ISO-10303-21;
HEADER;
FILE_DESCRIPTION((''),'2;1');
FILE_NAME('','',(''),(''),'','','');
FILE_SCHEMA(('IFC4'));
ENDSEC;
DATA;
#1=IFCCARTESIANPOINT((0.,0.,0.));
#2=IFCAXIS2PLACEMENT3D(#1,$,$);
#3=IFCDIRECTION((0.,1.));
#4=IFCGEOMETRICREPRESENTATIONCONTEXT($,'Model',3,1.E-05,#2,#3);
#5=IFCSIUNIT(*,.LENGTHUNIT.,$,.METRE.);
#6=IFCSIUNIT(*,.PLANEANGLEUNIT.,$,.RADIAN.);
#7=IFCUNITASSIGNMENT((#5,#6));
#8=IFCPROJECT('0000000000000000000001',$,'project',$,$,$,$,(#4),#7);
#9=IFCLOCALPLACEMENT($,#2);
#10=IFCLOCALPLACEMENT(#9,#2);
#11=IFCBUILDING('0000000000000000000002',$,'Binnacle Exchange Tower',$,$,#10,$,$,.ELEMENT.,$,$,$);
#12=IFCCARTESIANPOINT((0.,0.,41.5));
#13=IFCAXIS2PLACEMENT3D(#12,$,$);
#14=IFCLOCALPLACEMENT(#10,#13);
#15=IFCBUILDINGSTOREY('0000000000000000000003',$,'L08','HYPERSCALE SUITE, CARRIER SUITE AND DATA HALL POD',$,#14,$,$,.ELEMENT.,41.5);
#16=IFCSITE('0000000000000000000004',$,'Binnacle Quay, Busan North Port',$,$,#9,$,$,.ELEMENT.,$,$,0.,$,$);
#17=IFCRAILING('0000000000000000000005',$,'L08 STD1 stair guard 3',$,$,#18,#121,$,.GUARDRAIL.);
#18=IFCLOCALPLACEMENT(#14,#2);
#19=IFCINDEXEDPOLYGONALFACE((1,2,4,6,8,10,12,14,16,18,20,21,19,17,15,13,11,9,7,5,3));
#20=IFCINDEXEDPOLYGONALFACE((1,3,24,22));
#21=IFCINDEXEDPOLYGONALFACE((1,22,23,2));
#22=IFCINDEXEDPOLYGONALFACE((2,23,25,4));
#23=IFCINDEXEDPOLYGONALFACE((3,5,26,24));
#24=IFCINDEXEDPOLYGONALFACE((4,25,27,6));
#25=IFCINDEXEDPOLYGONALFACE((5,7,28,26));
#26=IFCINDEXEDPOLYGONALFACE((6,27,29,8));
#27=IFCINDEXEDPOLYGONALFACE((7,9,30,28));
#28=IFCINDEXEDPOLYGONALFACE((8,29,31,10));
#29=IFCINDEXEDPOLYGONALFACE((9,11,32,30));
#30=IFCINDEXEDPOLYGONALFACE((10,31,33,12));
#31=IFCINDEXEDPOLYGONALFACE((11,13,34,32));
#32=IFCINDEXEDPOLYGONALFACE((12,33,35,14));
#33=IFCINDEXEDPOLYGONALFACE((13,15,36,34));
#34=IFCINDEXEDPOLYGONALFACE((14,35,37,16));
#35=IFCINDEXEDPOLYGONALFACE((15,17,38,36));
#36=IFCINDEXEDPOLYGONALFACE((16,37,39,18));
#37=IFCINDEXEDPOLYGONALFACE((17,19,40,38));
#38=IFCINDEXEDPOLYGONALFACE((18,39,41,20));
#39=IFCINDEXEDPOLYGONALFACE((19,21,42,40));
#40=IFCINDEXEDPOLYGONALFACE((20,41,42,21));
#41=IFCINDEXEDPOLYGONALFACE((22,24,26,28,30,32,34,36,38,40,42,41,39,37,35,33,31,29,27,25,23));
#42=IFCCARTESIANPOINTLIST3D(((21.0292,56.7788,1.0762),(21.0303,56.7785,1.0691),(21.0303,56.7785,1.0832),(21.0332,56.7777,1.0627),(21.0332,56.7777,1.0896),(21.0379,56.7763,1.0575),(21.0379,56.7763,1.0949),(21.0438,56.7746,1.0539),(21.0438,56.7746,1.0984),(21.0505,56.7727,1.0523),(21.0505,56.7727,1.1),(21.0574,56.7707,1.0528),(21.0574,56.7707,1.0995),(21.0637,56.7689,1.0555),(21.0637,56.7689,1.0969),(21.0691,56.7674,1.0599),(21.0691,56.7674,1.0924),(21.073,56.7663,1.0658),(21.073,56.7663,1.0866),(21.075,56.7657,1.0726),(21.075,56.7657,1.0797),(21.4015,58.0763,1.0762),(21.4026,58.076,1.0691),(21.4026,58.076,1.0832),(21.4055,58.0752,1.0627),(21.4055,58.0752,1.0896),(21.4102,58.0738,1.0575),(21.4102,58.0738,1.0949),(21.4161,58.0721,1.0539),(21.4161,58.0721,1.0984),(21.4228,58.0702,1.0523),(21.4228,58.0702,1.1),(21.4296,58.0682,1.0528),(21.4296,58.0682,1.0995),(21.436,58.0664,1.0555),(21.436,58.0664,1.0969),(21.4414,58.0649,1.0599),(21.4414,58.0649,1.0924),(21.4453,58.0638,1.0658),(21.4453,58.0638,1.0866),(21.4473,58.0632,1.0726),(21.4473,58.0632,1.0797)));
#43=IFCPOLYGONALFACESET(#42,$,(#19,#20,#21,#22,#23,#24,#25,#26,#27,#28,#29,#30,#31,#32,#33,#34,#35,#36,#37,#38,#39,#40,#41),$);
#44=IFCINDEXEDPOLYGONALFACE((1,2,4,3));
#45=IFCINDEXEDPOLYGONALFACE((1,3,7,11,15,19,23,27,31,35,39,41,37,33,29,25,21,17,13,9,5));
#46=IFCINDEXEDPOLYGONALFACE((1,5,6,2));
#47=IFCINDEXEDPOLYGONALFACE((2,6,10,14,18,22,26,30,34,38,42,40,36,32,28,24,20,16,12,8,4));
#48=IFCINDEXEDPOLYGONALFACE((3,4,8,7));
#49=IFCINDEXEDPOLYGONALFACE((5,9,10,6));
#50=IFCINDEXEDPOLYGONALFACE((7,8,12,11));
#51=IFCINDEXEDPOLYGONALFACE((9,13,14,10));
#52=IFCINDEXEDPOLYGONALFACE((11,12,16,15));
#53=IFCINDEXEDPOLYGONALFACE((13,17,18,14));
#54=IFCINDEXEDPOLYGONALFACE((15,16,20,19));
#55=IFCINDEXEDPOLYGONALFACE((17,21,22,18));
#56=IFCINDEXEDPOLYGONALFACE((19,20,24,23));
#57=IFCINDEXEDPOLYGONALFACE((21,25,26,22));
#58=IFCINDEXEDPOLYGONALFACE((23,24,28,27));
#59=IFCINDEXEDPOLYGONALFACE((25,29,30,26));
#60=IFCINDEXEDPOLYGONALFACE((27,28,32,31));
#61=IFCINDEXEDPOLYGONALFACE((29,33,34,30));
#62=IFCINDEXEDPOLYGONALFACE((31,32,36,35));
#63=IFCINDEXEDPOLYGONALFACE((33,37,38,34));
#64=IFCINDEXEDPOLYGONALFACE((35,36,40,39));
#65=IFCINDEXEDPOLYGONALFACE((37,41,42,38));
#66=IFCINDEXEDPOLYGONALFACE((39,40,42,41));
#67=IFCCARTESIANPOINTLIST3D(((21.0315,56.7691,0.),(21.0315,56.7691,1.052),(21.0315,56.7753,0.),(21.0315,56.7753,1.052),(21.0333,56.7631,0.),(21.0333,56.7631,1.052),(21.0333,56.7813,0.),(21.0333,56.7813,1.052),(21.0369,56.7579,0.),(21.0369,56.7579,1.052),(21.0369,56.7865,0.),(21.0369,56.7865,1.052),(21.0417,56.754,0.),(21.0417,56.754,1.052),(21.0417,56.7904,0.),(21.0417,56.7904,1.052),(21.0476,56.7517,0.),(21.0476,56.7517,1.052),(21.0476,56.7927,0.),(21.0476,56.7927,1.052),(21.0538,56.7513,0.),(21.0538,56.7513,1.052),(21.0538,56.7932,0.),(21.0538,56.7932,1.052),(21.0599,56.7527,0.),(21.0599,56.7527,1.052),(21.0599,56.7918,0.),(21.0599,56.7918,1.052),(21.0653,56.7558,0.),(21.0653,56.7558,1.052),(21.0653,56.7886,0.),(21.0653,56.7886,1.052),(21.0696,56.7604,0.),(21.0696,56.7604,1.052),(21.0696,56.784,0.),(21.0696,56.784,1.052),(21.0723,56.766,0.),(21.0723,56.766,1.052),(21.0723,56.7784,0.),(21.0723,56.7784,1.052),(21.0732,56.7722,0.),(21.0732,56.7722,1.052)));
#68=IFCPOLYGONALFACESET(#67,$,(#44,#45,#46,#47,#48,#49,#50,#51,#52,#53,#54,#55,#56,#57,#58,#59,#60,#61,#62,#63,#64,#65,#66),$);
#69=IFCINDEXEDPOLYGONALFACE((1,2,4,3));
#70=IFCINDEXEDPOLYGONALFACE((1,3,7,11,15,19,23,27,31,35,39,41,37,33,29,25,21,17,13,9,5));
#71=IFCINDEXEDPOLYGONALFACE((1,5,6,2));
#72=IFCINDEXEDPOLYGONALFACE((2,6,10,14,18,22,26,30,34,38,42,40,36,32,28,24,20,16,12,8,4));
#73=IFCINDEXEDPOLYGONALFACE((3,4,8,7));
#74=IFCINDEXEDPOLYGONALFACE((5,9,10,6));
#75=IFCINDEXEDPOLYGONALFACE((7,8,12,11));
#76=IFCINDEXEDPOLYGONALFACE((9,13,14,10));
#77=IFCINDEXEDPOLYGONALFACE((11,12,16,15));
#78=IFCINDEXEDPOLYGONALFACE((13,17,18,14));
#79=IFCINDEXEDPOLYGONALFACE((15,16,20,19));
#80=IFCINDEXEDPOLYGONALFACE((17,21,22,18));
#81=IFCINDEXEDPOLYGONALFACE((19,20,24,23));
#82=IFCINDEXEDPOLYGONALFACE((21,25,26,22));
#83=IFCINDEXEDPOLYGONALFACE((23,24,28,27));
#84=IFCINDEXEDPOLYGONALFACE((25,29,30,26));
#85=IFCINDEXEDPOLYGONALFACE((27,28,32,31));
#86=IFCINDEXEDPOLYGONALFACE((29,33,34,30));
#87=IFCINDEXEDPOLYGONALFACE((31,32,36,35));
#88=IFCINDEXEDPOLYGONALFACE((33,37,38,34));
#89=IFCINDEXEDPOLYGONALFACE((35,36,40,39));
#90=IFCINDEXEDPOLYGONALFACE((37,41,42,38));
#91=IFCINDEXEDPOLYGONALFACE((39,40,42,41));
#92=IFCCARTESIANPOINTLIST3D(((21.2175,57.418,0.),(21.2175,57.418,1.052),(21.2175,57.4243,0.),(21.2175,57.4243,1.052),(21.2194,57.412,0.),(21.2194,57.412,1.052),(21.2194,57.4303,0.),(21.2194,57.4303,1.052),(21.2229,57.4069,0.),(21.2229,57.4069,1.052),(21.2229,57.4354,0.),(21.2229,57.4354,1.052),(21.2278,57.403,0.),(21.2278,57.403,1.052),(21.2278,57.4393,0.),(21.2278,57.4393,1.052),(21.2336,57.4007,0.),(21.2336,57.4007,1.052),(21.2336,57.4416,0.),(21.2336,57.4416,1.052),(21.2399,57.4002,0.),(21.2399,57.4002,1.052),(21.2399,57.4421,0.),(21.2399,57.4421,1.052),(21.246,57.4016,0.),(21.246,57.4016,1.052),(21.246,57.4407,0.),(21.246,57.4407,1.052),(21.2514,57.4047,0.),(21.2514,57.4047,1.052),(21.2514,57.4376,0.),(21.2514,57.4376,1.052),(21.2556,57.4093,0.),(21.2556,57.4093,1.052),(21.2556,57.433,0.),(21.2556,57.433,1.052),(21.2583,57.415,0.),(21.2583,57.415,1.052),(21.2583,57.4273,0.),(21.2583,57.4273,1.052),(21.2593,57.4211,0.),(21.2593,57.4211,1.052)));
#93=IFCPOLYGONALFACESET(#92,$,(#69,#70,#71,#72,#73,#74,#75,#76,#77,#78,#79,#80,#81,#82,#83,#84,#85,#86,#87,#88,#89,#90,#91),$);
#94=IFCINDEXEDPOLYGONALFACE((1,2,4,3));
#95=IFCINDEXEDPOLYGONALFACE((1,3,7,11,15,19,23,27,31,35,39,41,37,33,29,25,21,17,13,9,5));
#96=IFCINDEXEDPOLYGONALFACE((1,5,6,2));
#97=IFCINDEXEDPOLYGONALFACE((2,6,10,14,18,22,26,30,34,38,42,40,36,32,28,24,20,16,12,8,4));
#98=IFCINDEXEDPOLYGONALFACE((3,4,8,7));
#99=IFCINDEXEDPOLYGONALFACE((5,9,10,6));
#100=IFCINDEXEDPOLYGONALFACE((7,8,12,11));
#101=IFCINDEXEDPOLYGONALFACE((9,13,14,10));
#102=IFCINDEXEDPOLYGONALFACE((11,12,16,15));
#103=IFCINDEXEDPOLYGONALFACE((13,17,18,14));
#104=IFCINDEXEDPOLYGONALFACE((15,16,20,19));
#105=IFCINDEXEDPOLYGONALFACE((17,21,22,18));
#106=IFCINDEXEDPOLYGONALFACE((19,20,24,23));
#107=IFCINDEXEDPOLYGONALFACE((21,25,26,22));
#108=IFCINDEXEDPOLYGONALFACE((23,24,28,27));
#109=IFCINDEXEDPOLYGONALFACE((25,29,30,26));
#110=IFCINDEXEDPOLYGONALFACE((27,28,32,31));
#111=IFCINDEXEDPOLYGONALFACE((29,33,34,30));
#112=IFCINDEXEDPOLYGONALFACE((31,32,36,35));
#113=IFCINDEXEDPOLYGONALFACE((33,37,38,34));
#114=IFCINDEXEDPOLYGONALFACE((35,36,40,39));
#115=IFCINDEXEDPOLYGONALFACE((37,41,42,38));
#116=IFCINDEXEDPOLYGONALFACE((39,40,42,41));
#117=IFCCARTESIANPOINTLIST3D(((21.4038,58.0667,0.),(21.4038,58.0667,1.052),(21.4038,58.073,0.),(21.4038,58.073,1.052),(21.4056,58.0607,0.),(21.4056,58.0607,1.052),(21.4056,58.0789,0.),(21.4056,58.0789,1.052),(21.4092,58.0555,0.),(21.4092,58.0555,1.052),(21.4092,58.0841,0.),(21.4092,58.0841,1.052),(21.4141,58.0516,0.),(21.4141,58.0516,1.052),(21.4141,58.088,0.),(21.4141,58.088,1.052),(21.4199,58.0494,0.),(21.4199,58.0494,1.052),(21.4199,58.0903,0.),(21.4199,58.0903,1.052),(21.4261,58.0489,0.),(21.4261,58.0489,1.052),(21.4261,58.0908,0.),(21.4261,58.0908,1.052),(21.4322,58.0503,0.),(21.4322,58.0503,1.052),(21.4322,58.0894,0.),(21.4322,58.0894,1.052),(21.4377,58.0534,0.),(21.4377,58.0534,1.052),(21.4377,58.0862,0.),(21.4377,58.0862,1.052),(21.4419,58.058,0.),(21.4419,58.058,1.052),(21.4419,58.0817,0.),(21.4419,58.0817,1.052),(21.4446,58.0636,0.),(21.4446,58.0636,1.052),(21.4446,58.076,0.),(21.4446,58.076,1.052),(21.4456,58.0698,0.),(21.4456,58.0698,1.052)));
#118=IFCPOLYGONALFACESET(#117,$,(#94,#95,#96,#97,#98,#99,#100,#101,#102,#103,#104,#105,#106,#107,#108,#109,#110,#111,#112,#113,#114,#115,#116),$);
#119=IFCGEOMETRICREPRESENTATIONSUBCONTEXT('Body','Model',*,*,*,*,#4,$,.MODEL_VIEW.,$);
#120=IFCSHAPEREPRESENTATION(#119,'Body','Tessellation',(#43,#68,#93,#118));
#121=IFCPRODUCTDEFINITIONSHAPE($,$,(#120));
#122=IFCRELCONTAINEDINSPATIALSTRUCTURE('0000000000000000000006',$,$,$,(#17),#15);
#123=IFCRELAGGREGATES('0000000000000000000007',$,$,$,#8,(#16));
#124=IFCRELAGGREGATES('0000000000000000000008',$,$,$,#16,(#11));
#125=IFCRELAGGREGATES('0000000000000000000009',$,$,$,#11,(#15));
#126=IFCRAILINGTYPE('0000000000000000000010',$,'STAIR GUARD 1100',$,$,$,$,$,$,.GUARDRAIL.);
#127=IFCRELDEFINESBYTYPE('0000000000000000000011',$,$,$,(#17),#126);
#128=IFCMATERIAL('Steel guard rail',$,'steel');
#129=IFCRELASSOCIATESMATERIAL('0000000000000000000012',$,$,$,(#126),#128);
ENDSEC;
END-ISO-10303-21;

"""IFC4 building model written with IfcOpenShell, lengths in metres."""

from ifc_helpers import new_model, si_unit, direction, frame, origin, origin_2d, place, context, subcontext, project, spatial, circle, extrude, material, type_object, element, save


model = new_model("IFC4")

# Units and contexts
model_context = context("Model", 3, precision=1e-05, world=origin(), true_north=direction((0.0, 1.0)))
body_context = subcontext(model_context, "Body", "Model", "MODEL_VIEW")
ifc_project = project(units=[si_unit("LENGTHUNIT", "METRE"), si_unit("PLANEANGLEUNIT", "RADIAN")], contexts=[model_context])

# Site, building, storey
site_placement = place(None, origin())
site = spatial("IfcSite", under=ifc_project, at=site_placement, Name="Binnacle Quay, Busan North Port", CompositionType="ELEMENT", RefElevation=0.0)
building_placement = place(site_placement, origin())
building = spatial("IfcBuilding", under=site, at=building_placement, Name="Binnacle Exchange Tower", CompositionType="ELEMENT")
storey_placement = place(building_placement, frame((0.0, 0.0, 41.5)))
storey = spatial("IfcBuildingStorey", under=building, at=storey_placement, Name="L08", Description="HYPERSCALE SUITE, CARRIER SUITE AND DATA HALL POD", CompositionType="ELEMENT", Elevation=41.5)

# Railing
ifc_material_1 = material(Name="Steel guard rail", Category="steel")
railing_type_1 = type_object("IfcRailingType", Name="STAIR GUARD 1100", PredefinedType="GUARDRAIL", material=ifc_material_1)
railing_1_placement = place(storey_placement, frame((21.0522, 56.7722, 0.0)))
element("IfcRailing", 1, at=railing_1_placement, inside=storey, type_object=railing_type_1, Name="L08 STD1 stair guard 3", PredefinedType="GUARDRAIL", context=body_context, shape_type="SweptSolid", body=[
    extrude(circle(Radius=0.0239, at=origin_2d()), frame((0.0, 0.0, 1.0762), z_axis=(0.275796, 0.961216, 0.0), x_axis=(-0.961216, 0.275796, 0.0)), (0.0, 0.0, 1.0), 1.3499),
    extrude(circle(Radius=0.021, at=origin_2d()), origin(), (0.0, 0.0, 1.0), 1.052),
    extrude(circle(Radius=0.021, at=origin_2d()), frame((0.186, 0.6489, 0.0)), (0.0, 0.0, 1.0), 1.052),
    extrude(circle(Radius=0.021, at=origin_2d()), frame((0.3723, 1.2976, 0.0)), (0.0, 0.0, 1.0), 1.052),
])

save(model, "model.ifc")
